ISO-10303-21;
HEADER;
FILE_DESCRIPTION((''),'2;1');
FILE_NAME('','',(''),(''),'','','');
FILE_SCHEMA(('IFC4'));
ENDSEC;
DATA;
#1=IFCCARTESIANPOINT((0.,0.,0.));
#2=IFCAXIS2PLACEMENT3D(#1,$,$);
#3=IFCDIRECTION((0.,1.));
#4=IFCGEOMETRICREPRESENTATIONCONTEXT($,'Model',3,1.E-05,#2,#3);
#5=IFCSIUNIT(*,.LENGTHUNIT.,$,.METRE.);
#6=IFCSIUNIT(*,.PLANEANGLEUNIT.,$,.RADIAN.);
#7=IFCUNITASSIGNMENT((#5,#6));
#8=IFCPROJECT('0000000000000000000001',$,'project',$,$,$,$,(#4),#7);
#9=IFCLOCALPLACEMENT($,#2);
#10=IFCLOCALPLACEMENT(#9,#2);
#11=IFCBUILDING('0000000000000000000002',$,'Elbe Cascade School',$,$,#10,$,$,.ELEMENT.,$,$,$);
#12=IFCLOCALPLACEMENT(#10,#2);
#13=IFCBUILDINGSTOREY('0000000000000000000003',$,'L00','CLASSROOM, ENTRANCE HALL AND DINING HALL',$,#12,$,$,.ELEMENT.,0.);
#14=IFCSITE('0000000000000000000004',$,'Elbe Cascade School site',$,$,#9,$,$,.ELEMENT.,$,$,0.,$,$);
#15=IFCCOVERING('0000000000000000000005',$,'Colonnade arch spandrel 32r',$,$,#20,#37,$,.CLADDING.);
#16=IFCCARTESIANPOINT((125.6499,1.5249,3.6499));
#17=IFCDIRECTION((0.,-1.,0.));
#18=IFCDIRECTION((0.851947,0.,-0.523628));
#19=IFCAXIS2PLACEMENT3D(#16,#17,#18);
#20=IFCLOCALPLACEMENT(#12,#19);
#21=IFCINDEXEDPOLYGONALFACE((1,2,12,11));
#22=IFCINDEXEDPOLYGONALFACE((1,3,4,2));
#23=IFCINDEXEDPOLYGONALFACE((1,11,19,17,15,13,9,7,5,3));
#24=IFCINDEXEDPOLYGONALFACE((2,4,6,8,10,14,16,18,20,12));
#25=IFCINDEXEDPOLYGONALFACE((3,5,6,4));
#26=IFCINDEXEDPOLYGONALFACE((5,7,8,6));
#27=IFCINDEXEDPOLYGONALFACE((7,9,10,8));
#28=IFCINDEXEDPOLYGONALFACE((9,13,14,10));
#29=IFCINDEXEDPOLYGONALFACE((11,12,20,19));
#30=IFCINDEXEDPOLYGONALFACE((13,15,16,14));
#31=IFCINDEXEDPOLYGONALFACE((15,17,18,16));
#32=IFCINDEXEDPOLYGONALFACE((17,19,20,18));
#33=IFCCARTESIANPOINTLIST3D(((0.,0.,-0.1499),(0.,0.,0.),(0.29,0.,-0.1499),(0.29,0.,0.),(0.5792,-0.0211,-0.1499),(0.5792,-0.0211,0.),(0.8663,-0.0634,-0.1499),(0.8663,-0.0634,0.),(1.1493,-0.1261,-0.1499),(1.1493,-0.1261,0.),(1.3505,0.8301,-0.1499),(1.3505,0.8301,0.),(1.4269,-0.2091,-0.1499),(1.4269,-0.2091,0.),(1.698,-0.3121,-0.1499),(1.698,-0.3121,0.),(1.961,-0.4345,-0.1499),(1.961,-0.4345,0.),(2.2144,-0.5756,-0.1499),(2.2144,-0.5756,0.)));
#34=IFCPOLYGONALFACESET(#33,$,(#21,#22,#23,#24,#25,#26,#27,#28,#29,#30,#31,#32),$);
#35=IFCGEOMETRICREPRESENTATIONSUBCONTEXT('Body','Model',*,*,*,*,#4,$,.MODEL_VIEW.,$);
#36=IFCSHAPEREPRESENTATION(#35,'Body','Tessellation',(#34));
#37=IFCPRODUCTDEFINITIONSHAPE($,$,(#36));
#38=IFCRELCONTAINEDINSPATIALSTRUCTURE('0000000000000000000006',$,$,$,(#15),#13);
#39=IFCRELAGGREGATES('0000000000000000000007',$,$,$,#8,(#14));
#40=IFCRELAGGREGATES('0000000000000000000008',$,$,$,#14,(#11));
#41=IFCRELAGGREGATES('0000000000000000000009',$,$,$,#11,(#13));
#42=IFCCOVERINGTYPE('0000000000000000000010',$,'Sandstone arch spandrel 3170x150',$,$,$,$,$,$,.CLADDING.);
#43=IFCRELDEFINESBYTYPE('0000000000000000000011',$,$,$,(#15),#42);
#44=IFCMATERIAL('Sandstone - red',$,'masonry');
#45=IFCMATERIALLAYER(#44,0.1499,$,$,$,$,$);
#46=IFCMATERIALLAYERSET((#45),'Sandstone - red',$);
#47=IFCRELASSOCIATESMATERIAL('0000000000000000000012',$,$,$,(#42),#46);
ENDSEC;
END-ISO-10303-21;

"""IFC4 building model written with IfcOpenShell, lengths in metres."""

from ifc_helpers import new_model, si_unit, direction, frame, origin, place, context, subcontext, project, spatial, polyline, outline, extrude, material, layer, layer_set, type_object, element, save


model = new_model("IFC4")

# Units and contexts
model_context = context("Model", 3, precision=1e-05, world=origin(), true_north=direction((0.0, 1.0)))
body_context = subcontext(model_context, "Body", "Model", "MODEL_VIEW")
ifc_project = project(units=[si_unit("LENGTHUNIT", "METRE"), si_unit("PLANEANGLEUNIT", "RADIAN")], contexts=[model_context])

# Site, building, storey
site_placement = place(None, origin())
site = spatial("IfcSite", under=ifc_project, at=site_placement, Name="Elbe Cascade School site", CompositionType="ELEMENT", RefElevation=0.0)
building_placement = place(site_placement, origin())
building = spatial("IfcBuilding", under=site, at=building_placement, Name="Elbe Cascade School", CompositionType="ELEMENT")
storey_placement = place(building_placement, origin())
storey = spatial("IfcBuildingStorey", under=building, at=storey_placement, Name="L00", Description="CLASSROOM, ENTRANCE HALL AND DINING HALL", CompositionType="ELEMENT", Elevation=0.0)

# Covering
ifc_material_1 = material(Name="Sandstone - red", Category="masonry")
ifc_layer_1 = layer(ifc_material_1, 0.1499)
ifc_layer_set_1 = layer_set([ifc_layer_1], Name="Sandstone - red")
covering_type_1 = type_object("IfcCoveringType", Name="Sandstone arch spandrel 3170x150", PredefinedType="CLADDING", material=ifc_layer_set_1)
covering_1_placement = place(storey_placement, frame((125.6499, 1.5249, 3.6499), z_axis=(0.0, -1.0, 0.0), x_axis=(0.851947, 0.0, -0.523628)))
element("IfcCovering", 1, at=covering_1_placement, inside=storey, type_object=covering_type_1, Name="Colonnade arch spandrel 32r", PredefinedType="CLADDING", context=body_context, shape_type="SweptSolid", body=[
    extrude(outline(polyline([(0.0, 0.0), (0.29, 0.0), (0.5792, -0.0211), (0.8663, -0.0634), (1.1493, -0.1261), (1.4269, -0.2091), (1.698, -0.3121), (1.961, -0.4345), (2.2144, -0.5756), (1.3505, 0.8301), (0.0, 0.0)])), origin(), (0.0, 0.0, -1.0), 0.1499),
])

save(model, "model.ifc")
